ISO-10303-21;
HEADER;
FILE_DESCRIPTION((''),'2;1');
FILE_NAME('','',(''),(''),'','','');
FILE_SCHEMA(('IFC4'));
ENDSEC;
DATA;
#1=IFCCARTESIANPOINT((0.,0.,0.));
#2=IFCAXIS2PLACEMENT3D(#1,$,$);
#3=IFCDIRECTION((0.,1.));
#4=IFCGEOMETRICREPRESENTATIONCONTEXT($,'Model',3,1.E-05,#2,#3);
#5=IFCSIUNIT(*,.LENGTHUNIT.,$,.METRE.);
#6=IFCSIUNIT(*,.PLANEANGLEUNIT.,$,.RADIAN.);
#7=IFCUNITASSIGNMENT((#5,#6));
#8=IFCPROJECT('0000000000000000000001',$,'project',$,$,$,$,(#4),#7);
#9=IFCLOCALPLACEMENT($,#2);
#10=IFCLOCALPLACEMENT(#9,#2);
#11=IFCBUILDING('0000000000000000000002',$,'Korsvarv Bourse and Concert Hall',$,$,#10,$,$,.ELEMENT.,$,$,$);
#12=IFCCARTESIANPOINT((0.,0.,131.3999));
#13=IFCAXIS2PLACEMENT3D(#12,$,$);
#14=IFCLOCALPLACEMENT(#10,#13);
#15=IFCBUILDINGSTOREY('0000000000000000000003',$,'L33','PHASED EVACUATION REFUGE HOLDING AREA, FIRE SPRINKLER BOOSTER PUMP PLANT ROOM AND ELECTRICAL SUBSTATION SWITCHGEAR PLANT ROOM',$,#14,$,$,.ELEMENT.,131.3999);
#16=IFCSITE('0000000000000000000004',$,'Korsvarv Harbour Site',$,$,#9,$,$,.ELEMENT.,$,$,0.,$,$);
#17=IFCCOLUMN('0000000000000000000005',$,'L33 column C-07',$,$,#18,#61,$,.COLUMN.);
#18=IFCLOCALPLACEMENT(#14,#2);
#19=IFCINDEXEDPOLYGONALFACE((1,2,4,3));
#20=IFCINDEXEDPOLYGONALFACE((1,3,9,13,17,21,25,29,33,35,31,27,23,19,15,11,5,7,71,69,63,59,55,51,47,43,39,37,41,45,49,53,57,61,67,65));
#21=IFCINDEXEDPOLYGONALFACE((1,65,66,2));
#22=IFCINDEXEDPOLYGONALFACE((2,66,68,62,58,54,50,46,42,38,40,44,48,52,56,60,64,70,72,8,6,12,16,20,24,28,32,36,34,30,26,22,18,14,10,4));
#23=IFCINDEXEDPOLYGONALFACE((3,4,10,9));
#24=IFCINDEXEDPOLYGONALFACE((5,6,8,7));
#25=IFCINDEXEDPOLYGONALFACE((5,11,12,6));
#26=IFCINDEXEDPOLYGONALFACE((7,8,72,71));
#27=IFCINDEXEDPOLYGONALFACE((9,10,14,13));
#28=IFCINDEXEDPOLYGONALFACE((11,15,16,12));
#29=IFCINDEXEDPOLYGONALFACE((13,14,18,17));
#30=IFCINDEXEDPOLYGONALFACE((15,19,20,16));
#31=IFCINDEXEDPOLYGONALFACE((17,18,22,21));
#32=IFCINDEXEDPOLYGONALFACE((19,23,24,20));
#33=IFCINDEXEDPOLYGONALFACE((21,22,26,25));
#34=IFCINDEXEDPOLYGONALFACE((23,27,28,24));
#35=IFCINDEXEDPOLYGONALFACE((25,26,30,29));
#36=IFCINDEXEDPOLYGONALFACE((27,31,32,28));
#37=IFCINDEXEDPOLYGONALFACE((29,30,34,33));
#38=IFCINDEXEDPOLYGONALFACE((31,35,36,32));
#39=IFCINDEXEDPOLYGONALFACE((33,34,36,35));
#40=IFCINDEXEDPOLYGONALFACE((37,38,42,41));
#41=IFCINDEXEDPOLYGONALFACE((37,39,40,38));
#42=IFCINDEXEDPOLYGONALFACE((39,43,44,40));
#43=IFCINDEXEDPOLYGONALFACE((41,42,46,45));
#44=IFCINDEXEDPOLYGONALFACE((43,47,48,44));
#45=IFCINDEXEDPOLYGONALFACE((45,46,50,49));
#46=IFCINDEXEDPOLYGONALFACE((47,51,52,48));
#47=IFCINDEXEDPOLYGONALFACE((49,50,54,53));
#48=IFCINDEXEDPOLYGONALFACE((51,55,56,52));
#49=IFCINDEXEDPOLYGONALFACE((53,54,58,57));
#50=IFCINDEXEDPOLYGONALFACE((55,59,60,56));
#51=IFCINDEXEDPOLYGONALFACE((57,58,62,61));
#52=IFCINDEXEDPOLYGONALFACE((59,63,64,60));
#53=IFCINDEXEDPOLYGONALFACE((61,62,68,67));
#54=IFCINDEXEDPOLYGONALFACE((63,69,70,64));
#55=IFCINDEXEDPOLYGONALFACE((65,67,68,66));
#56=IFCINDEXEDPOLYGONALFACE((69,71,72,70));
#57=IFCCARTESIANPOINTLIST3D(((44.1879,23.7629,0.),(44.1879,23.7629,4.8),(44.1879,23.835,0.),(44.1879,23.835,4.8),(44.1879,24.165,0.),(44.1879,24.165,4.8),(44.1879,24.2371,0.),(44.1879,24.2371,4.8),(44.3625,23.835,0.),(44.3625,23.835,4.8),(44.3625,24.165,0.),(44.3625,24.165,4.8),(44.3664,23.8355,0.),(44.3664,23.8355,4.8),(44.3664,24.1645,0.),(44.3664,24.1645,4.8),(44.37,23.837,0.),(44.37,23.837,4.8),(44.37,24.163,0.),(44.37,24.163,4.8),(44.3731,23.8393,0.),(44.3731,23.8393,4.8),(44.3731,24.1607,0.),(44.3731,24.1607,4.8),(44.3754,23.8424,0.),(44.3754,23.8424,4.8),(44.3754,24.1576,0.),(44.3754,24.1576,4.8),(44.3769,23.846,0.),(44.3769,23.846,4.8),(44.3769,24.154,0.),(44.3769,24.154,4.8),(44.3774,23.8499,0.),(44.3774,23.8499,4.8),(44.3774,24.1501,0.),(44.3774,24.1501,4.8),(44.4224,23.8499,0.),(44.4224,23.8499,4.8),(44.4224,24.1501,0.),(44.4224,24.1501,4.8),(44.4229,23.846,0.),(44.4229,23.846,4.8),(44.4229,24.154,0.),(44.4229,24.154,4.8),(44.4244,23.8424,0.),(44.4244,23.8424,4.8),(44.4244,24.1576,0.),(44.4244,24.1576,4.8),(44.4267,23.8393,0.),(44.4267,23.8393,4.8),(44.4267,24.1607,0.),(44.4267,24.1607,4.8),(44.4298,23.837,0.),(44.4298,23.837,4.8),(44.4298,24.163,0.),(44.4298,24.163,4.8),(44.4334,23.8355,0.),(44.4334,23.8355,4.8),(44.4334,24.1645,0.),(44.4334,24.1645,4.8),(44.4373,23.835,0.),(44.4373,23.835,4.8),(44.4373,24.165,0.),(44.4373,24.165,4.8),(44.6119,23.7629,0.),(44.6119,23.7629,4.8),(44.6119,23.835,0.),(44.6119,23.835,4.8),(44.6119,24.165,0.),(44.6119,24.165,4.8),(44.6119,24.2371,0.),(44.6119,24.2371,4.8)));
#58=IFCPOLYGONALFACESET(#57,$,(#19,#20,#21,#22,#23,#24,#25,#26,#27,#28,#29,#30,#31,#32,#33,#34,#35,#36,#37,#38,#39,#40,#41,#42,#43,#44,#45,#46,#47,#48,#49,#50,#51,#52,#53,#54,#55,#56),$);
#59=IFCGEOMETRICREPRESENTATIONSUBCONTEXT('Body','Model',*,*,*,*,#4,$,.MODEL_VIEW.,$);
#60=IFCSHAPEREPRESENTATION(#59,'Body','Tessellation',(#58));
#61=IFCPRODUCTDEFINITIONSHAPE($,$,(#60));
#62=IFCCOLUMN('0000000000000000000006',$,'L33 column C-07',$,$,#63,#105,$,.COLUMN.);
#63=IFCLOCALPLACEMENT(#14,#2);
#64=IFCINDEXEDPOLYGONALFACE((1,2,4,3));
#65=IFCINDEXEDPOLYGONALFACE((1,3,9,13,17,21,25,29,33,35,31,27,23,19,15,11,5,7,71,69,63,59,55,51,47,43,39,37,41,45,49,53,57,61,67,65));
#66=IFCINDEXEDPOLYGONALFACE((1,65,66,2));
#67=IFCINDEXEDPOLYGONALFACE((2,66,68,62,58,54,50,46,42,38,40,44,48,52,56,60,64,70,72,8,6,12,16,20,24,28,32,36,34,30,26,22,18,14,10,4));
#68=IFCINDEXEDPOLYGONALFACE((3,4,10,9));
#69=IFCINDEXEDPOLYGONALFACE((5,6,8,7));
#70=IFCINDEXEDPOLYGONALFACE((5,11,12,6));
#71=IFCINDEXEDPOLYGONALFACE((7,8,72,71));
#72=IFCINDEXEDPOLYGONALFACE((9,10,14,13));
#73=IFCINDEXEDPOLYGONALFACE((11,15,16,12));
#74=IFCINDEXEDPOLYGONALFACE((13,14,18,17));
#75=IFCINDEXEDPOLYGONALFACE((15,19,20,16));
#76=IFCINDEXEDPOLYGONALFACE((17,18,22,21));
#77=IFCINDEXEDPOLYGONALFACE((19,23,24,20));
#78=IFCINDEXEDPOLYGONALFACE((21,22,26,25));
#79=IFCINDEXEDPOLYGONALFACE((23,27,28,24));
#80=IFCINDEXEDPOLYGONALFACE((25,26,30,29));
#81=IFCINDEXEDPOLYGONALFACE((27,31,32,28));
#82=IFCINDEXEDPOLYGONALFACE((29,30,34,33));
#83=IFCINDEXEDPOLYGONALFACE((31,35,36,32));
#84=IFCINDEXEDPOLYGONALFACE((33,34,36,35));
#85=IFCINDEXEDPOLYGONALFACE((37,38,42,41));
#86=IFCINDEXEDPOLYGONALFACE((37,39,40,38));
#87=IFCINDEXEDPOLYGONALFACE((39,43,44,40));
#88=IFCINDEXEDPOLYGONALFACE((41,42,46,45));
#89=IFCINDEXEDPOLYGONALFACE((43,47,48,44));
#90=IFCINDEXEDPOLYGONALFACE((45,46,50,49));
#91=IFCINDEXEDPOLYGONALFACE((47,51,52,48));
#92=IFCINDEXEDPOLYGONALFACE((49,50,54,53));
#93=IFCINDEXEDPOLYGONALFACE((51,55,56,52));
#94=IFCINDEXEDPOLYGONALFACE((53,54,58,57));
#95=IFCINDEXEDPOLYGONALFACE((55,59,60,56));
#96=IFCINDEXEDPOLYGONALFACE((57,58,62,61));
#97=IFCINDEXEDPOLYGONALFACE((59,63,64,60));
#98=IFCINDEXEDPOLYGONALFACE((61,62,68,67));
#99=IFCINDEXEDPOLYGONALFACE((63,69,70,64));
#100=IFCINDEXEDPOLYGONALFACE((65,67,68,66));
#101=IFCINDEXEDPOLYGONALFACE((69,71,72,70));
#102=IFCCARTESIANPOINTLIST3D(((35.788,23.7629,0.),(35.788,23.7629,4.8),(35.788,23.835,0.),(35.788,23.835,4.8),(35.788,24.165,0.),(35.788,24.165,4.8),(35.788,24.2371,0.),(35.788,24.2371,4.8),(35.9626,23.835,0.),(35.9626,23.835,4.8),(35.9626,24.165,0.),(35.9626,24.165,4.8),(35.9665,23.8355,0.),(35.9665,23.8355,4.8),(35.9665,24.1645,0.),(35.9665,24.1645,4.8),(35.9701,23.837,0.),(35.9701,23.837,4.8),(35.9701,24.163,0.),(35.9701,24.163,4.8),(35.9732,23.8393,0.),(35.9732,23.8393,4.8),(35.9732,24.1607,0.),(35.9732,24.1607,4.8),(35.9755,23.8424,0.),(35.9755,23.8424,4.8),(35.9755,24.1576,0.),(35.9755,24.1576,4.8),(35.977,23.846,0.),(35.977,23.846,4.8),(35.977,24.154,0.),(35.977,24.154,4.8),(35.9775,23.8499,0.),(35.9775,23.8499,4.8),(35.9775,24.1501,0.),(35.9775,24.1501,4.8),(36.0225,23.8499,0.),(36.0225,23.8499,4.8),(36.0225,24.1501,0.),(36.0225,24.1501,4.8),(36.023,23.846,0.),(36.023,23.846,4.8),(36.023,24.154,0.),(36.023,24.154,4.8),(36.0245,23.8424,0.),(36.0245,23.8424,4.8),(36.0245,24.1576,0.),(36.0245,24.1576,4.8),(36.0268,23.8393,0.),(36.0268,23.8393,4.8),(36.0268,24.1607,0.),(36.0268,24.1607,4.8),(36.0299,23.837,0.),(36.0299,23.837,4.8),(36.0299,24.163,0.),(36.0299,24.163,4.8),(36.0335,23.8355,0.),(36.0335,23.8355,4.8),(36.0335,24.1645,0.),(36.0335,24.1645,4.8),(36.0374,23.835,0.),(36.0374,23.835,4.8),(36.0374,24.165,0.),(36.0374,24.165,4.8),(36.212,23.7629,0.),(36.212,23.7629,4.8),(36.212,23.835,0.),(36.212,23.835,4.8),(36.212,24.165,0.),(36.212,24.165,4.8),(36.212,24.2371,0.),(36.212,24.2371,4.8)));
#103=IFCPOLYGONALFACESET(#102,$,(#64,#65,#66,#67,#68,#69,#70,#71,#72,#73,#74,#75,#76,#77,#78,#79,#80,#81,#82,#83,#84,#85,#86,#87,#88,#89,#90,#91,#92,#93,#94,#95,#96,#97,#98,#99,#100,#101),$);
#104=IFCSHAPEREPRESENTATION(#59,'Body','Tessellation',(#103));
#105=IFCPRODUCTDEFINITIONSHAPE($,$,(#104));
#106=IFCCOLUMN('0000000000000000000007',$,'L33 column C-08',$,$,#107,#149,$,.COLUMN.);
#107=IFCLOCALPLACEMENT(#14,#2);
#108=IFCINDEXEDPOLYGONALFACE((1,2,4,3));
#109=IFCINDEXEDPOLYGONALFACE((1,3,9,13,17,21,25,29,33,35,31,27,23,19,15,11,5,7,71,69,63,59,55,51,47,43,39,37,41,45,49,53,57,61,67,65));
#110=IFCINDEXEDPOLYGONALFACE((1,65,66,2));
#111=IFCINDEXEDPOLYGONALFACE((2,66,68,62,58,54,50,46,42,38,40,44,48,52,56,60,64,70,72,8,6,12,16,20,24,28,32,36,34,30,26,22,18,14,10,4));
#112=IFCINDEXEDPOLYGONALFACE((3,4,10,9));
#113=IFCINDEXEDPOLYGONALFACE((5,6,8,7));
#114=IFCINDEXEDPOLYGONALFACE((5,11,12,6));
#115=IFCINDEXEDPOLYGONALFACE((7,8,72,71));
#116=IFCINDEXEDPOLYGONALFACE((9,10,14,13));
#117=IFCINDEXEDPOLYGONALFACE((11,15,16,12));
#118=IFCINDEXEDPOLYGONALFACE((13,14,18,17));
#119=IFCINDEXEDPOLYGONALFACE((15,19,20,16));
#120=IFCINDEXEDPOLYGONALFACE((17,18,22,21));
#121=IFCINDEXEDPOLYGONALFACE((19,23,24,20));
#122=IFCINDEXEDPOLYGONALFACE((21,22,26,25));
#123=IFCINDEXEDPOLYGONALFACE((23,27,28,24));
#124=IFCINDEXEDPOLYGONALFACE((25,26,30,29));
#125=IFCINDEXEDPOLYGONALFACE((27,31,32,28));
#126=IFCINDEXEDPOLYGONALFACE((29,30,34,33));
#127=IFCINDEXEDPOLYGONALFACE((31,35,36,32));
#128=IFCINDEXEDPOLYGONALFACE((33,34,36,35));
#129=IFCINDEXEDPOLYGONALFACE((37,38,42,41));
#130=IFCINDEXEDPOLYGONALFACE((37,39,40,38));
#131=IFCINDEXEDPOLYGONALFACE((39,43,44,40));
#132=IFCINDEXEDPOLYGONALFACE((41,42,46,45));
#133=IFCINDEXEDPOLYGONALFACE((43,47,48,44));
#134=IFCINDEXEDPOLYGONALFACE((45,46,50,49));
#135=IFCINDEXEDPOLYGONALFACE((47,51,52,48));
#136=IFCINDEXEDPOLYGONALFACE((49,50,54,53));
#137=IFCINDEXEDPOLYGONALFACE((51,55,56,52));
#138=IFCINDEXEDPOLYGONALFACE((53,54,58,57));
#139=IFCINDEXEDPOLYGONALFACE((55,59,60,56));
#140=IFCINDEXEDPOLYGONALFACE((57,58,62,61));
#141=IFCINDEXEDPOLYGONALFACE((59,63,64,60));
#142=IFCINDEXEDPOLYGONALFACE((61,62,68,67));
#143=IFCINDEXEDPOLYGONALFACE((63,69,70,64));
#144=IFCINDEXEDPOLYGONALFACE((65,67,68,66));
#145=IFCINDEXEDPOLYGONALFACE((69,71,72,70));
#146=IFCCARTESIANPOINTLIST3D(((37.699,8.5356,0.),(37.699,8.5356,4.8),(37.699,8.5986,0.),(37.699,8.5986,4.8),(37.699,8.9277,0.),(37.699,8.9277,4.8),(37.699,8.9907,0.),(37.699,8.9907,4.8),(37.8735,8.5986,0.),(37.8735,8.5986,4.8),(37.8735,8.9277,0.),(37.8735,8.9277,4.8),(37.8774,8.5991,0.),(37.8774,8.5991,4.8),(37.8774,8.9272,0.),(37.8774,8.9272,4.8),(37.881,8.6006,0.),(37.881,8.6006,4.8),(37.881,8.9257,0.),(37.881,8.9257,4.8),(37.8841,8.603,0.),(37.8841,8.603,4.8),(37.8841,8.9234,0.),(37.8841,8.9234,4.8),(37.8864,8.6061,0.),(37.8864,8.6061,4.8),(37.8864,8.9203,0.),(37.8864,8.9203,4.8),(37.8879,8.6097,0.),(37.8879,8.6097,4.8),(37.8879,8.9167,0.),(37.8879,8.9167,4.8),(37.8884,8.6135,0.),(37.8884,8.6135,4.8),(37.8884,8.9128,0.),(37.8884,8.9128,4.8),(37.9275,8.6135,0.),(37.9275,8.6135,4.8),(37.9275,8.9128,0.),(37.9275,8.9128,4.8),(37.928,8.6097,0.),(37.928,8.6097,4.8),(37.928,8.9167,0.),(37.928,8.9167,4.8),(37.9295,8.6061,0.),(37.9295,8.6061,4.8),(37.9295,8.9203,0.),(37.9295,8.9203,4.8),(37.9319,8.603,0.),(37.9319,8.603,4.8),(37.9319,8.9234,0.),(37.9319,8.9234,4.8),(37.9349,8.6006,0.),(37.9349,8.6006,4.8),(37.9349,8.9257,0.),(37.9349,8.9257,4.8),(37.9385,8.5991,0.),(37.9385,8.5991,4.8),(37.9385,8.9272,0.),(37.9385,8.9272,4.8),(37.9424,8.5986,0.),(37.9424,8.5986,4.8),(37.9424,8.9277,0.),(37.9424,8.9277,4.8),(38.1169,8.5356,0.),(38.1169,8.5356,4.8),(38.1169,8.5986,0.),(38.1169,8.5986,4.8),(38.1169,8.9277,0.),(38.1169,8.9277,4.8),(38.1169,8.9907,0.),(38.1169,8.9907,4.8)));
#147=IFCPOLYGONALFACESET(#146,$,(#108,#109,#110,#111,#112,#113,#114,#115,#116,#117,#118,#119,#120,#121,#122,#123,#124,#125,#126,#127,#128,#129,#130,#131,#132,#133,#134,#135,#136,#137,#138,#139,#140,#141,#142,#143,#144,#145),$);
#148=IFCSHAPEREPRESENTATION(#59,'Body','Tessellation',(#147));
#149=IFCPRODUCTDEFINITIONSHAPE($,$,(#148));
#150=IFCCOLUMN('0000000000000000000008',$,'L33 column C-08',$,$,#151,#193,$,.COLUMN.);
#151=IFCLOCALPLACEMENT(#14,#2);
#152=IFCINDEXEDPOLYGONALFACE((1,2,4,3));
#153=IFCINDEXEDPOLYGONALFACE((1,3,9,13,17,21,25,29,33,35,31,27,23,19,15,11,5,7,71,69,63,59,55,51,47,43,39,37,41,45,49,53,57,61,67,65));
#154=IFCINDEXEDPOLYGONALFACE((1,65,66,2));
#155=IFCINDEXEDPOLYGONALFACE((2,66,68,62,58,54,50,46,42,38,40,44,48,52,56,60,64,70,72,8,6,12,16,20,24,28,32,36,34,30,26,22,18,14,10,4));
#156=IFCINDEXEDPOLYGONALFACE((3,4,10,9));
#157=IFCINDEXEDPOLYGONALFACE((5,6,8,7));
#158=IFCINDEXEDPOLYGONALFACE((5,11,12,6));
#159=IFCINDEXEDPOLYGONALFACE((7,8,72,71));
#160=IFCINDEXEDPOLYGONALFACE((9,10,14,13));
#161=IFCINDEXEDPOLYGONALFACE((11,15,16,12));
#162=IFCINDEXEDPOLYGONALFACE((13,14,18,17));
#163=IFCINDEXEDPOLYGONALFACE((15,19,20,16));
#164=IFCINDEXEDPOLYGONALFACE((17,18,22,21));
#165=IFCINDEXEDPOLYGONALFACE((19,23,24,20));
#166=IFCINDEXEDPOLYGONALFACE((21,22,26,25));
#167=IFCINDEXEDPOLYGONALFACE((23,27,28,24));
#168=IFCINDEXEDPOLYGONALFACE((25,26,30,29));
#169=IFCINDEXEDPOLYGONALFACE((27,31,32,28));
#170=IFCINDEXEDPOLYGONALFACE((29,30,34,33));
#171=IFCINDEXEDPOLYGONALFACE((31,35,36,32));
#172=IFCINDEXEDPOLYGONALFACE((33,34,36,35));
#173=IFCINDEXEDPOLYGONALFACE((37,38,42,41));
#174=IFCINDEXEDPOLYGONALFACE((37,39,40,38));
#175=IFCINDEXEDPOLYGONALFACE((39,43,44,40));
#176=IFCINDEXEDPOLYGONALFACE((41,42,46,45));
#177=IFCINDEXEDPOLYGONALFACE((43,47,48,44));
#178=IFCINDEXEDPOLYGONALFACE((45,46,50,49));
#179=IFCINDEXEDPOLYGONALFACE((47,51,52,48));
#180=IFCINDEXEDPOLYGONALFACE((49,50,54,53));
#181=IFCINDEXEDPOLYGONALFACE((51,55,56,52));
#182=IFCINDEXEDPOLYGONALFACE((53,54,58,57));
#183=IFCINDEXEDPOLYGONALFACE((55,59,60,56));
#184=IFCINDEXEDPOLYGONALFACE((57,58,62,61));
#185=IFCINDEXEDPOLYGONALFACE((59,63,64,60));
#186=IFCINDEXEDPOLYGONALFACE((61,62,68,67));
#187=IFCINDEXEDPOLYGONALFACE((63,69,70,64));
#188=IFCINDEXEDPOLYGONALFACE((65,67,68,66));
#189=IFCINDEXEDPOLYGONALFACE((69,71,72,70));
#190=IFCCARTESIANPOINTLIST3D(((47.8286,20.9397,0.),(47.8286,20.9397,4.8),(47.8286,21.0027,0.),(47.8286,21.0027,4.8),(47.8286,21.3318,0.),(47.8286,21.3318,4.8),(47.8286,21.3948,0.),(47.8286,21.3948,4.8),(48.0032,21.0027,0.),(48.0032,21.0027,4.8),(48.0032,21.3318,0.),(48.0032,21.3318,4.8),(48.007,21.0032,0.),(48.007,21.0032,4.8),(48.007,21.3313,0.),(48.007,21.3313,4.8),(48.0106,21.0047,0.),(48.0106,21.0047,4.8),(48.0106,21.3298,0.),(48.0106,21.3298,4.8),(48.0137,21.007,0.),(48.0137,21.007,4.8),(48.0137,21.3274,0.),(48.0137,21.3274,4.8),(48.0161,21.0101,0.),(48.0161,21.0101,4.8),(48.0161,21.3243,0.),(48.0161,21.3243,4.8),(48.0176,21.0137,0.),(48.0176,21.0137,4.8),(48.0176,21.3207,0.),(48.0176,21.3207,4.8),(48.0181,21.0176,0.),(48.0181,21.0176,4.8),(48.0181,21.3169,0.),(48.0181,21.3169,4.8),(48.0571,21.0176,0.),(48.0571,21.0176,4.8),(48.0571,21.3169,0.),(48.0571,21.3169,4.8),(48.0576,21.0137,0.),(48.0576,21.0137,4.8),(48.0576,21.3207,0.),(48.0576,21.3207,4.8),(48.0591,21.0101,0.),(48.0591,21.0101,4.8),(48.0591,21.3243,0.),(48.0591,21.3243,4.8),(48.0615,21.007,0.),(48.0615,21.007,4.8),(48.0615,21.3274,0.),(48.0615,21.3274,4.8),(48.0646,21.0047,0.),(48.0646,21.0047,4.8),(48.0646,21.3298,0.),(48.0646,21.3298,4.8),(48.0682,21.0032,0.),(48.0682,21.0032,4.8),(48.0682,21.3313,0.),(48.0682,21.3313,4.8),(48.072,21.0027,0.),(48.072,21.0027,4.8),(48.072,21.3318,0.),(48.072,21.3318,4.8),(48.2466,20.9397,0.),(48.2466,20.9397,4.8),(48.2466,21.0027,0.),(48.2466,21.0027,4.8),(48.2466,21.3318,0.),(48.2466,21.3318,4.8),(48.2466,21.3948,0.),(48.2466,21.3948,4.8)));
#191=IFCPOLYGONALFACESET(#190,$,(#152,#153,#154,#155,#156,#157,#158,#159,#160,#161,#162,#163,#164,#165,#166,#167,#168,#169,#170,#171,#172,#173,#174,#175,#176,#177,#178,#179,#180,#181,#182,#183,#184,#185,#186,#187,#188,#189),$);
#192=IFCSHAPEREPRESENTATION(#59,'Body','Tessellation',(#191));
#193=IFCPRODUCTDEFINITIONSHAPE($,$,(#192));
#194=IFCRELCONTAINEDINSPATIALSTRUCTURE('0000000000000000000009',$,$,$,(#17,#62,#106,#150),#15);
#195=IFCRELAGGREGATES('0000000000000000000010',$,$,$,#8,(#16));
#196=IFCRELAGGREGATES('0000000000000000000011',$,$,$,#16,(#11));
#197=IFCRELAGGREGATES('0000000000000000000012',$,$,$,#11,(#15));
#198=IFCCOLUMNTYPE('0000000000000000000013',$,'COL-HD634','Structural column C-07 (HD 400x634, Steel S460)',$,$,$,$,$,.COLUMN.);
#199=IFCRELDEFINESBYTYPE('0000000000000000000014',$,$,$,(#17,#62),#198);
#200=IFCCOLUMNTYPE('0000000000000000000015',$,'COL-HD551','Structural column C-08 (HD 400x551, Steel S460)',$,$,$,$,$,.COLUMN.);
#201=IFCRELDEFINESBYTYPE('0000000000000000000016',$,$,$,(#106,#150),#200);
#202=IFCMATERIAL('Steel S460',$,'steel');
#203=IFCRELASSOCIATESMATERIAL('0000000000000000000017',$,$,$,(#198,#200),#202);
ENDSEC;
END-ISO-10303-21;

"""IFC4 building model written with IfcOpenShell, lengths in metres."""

from ifc_helpers import new_model, si_unit, direction, frame, origin, origin_2d, place, context, subcontext, project, spatial, i_section, extrude, source, transform, mapped, material, material_profile, profile_set, type_object, element, save


model = new_model("IFC4")

# Units and contexts
model_context = context("Model", 3, precision=1e-05, world=origin(), true_north=direction((0.0, 1.0)))
body_context = subcontext(model_context, "Body", "Model", "MODEL_VIEW")
ifc_project = project(units=[si_unit("LENGTHUNIT", "METRE"), si_unit("PLANEANGLEUNIT", "RADIAN")], contexts=[model_context])

# Site, building, storey
site_placement = place(None, origin())
site = spatial("IfcSite", under=ifc_project, at=site_placement, Name="Korsvarv Harbour Site", CompositionType="ELEMENT", RefElevation=0.0)
building_placement = place(site_placement, origin())
building = spatial("IfcBuilding", under=site, at=building_placement, Name="Korsvarv Bourse and Concert Hall", CompositionType="ELEMENT")
storey_placement = place(building_placement, frame((0.0, 0.0, 131.3999)))
storey = spatial("IfcBuildingStorey", under=building, at=storey_placement, Name="L33", Description="PHASED EVACUATION REFUGE HOLDING AREA, FIRE SPRINKLER BOOSTER PUMP PLANT ROOM AND ELECTRICAL SUBSTATION SWITCHGEAR PLANT ROOM", CompositionType="ELEMENT", Elevation=131.3999)

# Columns
ifc_material_1 = material(Name="Steel S460", Category="steel")
ifc_material_profile_1 = material_profile(ifc_material_1, i_section(OverallWidth=0.4241, OverallDepth=0.4741, WebThickness=0.0449, FlangeThickness=0.072, FilletRadius=0.0149, at=origin_2d()), Name="HD 400x634")
ifc_profile_set_1 = profile_set([ifc_material_profile_1], Name="Steel S460")
column_type_1 = type_object("IfcColumnType", Name="COL-HD634", Description="Structural column C-07 (HD 400x634, Steel S460)", PredefinedType="COLUMN", material=ifc_profile_set_1)
shared_shape_1 = source(origin(), body_context, "Body", "SweptSolid", [
    extrude(i_section(OverallWidth=0.4241, OverallDepth=0.4741, WebThickness=0.0449, FlangeThickness=0.072, FilletRadius=0.0149, at=origin_2d()), origin(), (0.0, 0.0, 1.0), 4.8),
])
for number, where, z_axis, x_axis, name in (
    (1, (44.3999, 24.0, 0.0), (0.0, 0.0, 1.0), (1.0, 0.0, 0.0), "L33 column C-07"),
    (2, (36.0, 24.0, 0.0), (0.0, 0.0, 1.0), (1.0, 0.0, 0.0), "L33 column C-07"),
):
    element("IfcColumn", number, at=place(storey_placement, frame(where, z_axis=z_axis, x_axis=x_axis)), inside=storey, type_object=column_type_1, Name=name, PredefinedType="COLUMN", context=body_context, shape_type="MappedRepresentation", body=[
        mapped(shared_shape_1, transform((0.0, 0.0, 0.0), scale=1.0)),
    ])
ifc_material_profile_2 = material_profile(ifc_material_1, i_section(OverallWidth=0.418, OverallDepth=0.4551, WebThickness=0.0391, FlangeThickness=0.063, FilletRadius=0.0149, at=origin_2d()), Name="HD 400x551")
ifc_profile_set_2 = profile_set([ifc_material_profile_2], Name="Steel S460")
column_type_2 = type_object("IfcColumnType", Name="COL-HD551", Description="Structural column C-08 (HD 400x551, Steel S460)", PredefinedType="COLUMN", material=ifc_profile_set_2)
shared_shape_2 = source(origin(), body_context, "Body", "SweptSolid", [
    extrude(i_section(OverallWidth=0.418, OverallDepth=0.4551, WebThickness=0.0391, FlangeThickness=0.063, FilletRadius=0.0149, at=origin_2d()), origin(), (0.0, 0.0, 1.0), 4.8),
])
for number, where, z_axis, x_axis, name in (
    (3, (37.908, 8.7632, 0.0), (0.0, 0.0, 1.0), (1.0, 0.0, 0.0), "L33 column C-08"),
    (4, (48.0376, 21.1672, 0.0), (0.0, 0.0, 1.0), (1.0, 0.0, 0.0), "L33 column C-08"),
):
    element("IfcColumn", number, at=place(storey_placement, frame(where, z_axis=z_axis, x_axis=x_axis)), inside=storey, type_object=column_type_2, Name=name, PredefinedType="COLUMN", context=body_context, shape_type="MappedRepresentation", body=[
        mapped(shared_shape_2, transform((0.0, 0.0, 0.0), scale=1.0)),
    ])

save(model, "model.ifc")
